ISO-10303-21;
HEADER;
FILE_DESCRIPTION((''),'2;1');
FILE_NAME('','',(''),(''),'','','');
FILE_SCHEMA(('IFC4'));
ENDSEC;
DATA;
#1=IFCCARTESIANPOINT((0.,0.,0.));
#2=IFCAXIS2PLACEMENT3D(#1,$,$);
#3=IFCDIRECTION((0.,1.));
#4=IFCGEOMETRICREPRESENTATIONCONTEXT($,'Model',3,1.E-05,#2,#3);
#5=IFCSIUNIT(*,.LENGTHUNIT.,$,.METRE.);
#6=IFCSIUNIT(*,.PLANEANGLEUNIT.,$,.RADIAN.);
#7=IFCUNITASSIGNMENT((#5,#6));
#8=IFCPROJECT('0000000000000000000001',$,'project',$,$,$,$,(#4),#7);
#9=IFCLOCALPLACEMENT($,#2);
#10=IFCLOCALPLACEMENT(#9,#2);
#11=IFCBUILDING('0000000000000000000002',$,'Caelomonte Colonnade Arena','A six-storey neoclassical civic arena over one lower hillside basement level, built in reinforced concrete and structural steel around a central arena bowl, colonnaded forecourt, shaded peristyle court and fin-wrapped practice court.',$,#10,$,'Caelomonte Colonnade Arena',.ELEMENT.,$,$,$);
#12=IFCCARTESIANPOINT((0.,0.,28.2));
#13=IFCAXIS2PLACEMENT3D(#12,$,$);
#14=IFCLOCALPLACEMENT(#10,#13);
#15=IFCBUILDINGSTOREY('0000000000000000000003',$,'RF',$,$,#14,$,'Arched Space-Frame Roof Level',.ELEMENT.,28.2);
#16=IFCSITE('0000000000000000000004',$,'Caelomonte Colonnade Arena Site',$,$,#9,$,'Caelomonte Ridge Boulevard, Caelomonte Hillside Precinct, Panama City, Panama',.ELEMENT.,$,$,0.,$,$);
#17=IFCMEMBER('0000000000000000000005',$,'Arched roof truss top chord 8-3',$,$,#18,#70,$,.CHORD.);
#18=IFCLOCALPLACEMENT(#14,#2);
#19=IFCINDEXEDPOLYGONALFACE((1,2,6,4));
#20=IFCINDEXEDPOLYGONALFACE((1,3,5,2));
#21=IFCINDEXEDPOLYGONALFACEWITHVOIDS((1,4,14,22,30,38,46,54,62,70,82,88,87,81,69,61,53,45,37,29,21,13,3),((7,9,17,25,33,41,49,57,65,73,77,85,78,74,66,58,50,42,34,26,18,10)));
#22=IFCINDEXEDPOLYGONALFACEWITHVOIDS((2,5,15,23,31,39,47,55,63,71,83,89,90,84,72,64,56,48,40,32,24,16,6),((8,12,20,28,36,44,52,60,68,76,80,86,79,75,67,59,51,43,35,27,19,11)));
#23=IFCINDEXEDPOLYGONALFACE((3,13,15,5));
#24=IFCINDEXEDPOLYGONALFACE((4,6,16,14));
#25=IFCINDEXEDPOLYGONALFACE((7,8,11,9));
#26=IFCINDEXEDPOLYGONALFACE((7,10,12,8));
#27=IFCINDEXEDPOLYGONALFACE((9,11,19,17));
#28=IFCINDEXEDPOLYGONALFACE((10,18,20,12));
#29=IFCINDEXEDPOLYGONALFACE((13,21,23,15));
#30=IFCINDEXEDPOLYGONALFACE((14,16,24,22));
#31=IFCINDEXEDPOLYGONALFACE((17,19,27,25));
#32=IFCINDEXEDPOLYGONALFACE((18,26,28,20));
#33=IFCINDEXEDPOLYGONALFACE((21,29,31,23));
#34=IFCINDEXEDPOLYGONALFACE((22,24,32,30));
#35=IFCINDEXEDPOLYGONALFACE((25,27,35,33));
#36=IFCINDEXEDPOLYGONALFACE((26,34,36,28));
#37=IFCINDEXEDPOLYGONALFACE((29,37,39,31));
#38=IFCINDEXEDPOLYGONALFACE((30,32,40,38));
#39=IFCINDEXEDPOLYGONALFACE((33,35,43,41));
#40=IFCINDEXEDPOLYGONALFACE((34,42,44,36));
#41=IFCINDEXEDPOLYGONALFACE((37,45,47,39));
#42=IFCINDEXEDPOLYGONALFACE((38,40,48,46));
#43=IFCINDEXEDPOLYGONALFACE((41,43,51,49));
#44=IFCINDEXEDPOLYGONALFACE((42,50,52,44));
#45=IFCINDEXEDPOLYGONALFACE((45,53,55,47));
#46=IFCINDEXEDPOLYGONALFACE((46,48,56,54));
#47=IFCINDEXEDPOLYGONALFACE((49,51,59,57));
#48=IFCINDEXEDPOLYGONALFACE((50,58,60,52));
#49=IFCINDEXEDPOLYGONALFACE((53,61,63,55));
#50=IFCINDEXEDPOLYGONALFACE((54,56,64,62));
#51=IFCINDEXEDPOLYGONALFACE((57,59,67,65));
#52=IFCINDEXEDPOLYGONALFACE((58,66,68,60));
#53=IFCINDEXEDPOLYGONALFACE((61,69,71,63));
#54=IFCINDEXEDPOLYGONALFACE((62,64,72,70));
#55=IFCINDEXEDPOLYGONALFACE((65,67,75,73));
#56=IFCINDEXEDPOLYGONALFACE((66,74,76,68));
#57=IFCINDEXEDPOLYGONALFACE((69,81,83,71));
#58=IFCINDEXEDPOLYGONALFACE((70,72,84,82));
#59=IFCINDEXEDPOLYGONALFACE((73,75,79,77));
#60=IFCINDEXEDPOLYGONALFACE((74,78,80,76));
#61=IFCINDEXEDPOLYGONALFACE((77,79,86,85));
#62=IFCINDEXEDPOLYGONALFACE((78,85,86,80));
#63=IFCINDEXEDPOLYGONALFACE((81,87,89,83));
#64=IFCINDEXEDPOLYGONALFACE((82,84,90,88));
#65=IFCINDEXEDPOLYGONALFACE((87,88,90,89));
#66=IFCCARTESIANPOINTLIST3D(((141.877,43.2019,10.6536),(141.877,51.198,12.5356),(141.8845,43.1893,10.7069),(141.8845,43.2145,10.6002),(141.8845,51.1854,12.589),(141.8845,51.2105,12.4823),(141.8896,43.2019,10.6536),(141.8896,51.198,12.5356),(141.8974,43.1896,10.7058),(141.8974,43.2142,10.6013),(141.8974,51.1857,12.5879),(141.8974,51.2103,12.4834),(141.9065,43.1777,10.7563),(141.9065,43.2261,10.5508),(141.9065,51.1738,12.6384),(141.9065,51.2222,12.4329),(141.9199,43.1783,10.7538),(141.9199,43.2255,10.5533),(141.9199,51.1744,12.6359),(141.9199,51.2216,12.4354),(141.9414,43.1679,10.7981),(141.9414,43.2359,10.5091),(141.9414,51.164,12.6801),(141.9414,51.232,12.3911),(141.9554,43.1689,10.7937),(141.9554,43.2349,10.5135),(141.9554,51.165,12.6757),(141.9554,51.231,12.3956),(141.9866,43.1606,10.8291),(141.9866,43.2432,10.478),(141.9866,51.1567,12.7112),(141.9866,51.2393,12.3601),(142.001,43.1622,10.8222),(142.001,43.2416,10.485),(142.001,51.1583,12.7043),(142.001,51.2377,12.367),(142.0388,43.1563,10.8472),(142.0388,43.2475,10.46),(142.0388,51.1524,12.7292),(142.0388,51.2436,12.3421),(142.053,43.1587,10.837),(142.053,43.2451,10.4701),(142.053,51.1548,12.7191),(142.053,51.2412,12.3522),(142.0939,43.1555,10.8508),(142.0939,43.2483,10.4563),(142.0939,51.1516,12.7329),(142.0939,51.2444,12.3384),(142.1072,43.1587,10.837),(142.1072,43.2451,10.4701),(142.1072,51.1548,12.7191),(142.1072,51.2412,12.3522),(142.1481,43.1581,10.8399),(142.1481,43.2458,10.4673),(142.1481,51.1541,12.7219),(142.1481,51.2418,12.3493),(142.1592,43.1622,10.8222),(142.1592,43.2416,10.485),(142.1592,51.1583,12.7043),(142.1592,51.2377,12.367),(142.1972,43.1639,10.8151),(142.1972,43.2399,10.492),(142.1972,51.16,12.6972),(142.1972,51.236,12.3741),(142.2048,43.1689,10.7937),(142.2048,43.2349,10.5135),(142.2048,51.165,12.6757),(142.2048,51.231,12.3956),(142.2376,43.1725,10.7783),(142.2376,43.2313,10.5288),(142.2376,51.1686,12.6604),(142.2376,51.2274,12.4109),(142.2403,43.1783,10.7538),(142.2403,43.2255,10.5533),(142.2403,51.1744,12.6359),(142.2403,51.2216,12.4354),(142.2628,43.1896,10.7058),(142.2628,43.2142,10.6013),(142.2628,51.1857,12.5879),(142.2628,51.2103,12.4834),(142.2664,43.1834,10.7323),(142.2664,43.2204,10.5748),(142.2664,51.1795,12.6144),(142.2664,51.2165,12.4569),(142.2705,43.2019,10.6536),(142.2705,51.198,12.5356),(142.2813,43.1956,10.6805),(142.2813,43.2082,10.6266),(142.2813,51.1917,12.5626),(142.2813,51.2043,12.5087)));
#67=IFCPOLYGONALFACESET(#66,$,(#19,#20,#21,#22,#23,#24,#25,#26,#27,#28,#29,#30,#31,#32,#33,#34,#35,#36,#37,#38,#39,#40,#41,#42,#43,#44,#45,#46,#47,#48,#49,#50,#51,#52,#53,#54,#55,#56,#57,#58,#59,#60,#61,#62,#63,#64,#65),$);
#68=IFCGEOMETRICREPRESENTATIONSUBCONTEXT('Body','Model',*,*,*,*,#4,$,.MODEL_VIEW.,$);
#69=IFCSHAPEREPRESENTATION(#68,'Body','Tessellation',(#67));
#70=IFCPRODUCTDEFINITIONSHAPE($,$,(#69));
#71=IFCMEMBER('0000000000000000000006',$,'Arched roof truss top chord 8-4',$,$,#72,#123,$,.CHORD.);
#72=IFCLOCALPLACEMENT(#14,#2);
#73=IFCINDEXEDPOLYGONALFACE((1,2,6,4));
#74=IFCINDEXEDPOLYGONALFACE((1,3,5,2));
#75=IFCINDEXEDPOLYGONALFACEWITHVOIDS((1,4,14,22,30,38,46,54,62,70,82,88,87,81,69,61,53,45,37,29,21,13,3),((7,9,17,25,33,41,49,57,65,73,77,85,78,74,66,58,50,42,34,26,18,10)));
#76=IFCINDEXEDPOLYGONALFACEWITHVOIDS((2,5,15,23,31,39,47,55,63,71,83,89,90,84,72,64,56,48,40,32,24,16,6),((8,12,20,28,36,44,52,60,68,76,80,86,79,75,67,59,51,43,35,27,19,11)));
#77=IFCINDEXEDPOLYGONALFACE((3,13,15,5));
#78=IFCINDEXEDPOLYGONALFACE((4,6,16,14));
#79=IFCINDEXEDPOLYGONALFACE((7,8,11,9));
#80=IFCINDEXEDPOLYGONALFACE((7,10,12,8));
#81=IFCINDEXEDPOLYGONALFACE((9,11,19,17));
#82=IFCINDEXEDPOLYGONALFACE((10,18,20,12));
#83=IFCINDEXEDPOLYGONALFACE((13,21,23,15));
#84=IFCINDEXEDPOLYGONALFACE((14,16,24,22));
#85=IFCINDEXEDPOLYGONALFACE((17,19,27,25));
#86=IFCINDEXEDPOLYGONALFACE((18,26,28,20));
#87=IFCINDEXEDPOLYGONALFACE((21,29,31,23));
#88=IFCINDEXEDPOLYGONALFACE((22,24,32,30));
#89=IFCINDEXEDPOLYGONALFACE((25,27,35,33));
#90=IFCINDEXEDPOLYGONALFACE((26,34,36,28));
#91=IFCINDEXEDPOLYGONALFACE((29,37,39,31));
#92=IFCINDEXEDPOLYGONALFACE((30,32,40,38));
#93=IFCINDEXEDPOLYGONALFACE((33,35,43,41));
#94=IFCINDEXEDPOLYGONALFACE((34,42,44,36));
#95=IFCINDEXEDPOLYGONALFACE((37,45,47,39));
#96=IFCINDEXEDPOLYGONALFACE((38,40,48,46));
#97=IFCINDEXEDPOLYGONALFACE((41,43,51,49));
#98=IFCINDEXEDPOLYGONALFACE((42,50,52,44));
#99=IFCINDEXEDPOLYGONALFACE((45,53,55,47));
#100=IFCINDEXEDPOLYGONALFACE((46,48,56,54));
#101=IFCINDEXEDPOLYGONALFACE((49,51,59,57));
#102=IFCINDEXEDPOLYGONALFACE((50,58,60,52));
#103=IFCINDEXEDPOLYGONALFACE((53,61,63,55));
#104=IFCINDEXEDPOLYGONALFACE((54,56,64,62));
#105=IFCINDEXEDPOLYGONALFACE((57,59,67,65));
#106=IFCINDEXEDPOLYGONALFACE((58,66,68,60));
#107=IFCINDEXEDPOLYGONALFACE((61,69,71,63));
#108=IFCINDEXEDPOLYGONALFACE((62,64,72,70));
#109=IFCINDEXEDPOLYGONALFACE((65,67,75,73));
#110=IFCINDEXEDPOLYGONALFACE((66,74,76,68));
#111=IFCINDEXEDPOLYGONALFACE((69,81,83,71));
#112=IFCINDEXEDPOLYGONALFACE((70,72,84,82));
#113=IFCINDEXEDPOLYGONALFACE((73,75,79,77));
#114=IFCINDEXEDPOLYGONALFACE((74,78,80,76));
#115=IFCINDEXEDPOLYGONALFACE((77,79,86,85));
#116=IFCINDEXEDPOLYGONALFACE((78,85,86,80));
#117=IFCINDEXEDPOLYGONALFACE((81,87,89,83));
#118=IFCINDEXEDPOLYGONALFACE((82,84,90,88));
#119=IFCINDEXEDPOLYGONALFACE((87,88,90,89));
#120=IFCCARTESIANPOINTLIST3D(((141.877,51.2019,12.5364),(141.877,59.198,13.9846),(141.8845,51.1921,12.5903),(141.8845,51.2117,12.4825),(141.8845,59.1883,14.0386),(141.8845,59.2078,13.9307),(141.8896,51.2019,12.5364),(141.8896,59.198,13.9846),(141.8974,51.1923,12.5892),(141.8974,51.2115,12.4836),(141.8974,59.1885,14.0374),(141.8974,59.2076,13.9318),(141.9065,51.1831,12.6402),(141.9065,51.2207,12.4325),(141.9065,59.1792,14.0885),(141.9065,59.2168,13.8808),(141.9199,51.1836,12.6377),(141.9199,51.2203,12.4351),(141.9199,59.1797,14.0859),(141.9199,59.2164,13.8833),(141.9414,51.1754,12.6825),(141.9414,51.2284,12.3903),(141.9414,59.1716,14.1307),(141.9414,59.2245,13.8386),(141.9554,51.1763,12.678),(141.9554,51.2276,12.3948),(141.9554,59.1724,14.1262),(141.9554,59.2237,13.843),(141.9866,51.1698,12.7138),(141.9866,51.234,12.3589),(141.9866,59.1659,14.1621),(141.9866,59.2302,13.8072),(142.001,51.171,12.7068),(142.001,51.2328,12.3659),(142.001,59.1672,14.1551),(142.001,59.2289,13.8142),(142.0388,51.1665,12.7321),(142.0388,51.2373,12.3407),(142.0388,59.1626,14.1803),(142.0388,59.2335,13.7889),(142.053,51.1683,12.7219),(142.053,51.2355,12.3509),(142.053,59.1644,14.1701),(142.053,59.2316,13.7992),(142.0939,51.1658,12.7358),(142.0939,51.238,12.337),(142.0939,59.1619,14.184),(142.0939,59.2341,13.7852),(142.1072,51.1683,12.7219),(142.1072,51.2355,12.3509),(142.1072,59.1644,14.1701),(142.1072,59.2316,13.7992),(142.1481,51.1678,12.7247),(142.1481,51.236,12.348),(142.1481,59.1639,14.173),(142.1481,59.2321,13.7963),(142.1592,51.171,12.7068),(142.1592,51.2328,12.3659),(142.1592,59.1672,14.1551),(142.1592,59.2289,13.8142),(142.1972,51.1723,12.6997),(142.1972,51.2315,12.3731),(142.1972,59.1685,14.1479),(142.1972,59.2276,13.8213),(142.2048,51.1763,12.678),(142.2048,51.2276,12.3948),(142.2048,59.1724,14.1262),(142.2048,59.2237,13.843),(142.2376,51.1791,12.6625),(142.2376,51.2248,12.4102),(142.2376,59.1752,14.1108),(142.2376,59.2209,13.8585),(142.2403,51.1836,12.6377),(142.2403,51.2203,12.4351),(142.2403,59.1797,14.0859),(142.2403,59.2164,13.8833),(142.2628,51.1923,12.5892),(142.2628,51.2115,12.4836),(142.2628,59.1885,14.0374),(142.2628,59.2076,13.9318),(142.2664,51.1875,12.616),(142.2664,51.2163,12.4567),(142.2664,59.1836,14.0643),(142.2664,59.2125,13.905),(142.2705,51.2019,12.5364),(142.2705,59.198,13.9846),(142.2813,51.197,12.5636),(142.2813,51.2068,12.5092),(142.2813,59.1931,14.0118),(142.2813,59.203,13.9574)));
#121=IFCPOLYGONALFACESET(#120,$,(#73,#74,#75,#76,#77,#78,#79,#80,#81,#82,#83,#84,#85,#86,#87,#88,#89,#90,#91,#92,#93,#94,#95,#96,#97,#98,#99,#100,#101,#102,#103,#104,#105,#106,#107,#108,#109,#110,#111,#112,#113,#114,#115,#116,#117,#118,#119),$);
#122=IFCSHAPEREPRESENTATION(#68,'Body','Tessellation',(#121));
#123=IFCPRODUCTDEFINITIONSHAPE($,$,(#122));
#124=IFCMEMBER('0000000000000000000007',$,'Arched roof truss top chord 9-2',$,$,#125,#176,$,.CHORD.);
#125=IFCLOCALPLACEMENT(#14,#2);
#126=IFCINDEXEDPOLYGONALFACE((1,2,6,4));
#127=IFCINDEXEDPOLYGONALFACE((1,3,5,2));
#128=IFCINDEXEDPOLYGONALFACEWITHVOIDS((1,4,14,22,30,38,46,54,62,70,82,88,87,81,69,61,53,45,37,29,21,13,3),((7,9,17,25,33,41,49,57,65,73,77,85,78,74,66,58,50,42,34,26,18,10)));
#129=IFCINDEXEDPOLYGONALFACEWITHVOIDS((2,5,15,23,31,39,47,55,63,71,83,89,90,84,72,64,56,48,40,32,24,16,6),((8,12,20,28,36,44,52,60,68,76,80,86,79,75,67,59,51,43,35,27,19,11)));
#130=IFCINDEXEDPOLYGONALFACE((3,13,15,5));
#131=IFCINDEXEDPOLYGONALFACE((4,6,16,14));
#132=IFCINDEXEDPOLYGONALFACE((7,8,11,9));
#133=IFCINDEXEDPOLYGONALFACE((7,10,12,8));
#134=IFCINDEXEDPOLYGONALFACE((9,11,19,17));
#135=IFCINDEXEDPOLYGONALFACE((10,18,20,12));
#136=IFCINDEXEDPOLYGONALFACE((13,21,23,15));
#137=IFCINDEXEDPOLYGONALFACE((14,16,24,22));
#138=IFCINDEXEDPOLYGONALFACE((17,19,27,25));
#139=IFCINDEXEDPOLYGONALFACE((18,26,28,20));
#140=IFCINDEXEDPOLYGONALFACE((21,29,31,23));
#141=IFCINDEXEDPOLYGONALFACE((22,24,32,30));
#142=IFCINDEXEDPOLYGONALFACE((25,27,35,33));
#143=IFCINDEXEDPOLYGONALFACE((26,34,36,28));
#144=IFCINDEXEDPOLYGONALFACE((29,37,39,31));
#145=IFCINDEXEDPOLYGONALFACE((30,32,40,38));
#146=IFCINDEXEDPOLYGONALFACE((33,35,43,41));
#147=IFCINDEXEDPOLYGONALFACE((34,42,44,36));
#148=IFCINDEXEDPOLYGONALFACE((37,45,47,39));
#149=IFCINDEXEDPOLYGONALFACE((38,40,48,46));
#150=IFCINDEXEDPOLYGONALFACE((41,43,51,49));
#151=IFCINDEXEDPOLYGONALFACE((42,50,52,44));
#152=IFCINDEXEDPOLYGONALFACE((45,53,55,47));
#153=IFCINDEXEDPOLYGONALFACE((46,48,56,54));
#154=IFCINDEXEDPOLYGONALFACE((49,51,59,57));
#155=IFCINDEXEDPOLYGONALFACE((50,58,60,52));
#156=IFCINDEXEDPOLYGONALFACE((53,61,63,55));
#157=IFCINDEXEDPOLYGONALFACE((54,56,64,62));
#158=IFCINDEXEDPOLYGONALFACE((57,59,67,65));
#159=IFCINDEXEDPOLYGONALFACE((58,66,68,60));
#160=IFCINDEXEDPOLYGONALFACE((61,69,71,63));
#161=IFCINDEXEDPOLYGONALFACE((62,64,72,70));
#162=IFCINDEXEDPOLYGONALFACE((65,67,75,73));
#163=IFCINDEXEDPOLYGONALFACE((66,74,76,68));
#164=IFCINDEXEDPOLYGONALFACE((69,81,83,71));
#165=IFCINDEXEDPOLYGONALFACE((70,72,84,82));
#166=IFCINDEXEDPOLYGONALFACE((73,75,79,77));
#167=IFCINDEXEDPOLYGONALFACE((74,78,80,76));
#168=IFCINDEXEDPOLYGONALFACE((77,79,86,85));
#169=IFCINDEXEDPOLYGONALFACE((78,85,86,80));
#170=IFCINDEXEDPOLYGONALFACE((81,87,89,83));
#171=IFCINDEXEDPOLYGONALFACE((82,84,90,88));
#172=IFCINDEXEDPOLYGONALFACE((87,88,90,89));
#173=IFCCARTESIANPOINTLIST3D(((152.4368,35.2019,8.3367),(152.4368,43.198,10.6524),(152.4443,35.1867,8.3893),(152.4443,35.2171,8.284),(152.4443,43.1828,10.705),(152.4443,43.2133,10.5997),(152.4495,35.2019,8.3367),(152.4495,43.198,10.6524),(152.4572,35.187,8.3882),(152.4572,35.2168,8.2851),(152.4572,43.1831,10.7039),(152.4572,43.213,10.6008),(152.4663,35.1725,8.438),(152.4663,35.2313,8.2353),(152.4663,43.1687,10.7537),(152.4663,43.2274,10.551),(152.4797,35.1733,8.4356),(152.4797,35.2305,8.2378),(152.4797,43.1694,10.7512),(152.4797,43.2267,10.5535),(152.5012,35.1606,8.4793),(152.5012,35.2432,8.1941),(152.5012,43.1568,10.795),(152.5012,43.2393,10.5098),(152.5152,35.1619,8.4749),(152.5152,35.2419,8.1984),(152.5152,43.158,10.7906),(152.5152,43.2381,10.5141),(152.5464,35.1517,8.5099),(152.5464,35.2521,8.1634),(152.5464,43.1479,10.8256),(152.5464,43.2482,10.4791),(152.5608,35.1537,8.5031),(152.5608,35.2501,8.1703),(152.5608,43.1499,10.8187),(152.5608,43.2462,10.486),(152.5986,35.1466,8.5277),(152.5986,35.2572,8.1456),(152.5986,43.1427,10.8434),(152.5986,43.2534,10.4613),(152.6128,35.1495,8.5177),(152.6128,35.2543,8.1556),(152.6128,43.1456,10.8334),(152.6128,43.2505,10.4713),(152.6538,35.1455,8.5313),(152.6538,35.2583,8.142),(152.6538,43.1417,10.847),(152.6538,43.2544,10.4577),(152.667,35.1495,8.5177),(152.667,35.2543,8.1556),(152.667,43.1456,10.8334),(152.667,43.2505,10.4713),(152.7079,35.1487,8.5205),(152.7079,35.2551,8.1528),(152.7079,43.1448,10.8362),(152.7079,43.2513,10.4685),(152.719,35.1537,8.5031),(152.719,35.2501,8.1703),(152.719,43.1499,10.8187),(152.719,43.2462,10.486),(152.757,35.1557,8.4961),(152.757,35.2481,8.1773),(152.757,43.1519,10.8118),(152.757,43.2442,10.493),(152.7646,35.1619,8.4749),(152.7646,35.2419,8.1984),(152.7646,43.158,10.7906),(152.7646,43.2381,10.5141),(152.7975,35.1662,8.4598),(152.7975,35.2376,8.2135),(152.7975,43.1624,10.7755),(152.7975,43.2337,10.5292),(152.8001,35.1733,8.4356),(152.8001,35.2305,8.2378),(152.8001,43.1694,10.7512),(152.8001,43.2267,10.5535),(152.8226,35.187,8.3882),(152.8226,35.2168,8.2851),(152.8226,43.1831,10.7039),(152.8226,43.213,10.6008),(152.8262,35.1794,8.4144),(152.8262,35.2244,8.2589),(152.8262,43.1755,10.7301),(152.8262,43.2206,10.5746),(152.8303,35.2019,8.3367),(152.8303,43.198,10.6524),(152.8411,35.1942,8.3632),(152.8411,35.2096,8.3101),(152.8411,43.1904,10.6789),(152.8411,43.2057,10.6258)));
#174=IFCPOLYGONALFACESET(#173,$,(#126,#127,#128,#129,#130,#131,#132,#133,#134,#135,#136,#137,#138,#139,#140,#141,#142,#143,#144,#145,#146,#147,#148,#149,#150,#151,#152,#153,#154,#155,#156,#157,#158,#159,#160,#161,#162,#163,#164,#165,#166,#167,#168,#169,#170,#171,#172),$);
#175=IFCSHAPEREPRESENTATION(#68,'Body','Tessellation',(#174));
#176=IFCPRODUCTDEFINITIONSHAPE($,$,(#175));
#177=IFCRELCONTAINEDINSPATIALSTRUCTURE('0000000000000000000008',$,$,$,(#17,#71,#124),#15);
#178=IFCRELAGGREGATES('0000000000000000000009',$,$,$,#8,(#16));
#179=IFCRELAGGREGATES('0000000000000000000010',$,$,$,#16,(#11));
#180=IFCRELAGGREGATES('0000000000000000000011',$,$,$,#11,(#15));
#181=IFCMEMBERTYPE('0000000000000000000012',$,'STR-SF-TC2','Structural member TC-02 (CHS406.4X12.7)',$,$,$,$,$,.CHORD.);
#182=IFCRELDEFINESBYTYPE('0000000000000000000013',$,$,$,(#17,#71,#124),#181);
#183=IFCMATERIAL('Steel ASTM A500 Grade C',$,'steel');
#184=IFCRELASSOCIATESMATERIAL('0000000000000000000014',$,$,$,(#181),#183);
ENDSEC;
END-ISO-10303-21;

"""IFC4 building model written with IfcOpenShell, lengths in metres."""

from ifc_helpers import new_model, si_unit, direction, frame, origin, origin_2d, place, context, subcontext, project, spatial, hollow_circle, extrude, material, material_profile, profile_set, type_object, element, save


model = new_model("IFC4")

# Units and contexts
model_context = context("Model", 3, precision=1e-05, world=origin(), true_north=direction((0.0, 1.0)))
body_context = subcontext(model_context, "Body", "Model", "MODEL_VIEW")
ifc_project = project(units=[si_unit("LENGTHUNIT", "METRE"), si_unit("PLANEANGLEUNIT", "RADIAN")], contexts=[model_context])

# Site, building, storey
site_placement = place(None, origin())
site = spatial("IfcSite", under=ifc_project, at=site_placement, Name="Caelomonte Colonnade Arena Site", LongName="Caelomonte Ridge Boulevard, Caelomonte Hillside Precinct, Panama City, Panama", CompositionType="ELEMENT", RefElevation=0.0)
building_placement = place(site_placement, origin())
building = spatial("IfcBuilding", under=site, at=building_placement, Name="Caelomonte Colonnade Arena", Description="A six-storey neoclassical civic arena over one lower hillside basement level, built in reinforced concrete and structural steel around a central arena bowl, colonnaded forecourt, shaded peristyle court and fin-wrapped practice court.", LongName="Caelomonte Colonnade Arena", CompositionType="ELEMENT")
storey_placement = place(building_placement, frame((0.0, 0.0, 28.2)))
storey = spatial("IfcBuildingStorey", under=building, at=storey_placement, Name="RF", LongName="Arched Space-Frame Roof Level", CompositionType="ELEMENT", Elevation=28.2)

# Members
ifc_material_1 = material(Name="Steel ASTM A500 Grade C", Category="steel")
ifc_material_profile_1 = material_profile(ifc_material_1, hollow_circle(Radius=0.2031, WallThickness=0.0127, at=origin_2d()), Name="CHS406.4X12.7")
ifc_profile_set_1 = profile_set([ifc_material_profile_1], Name="Steel ASTM A500 Grade C")
member_type_1 = type_object("IfcMemberType", Name="STR-SF-TC2", Description="Structural member TC-02 (CHS406.4X12.7)", PredefinedType="CHORD", material=ifc_profile_set_1)
member_1_placement = place(storey_placement, frame((142.0801, 43.2019, 10.6536), z_axis=(0.0, 0.9734, 0.229114), x_axis=(-1.0, 0.0, 0.0)))
element("IfcMember", 1, at=member_1_placement, inside=storey, type_object=member_type_1, Name="Arched roof truss top chord 8-3", PredefinedType="CHORD", context=body_context, shape_type="SweptSolid", body=[
    extrude(hollow_circle(Radius=0.2031, WallThickness=0.0127, at=origin_2d()), origin(), (0.0, 0.0, 1.0), 8.2146),
])
member_2_placement = place(storey_placement, frame((142.0801, 51.2019, 12.5364), z_axis=(0.0, 0.983991, 0.178219), x_axis=(-1.0, 0.0, 0.0)))
element("IfcMember", 2, at=member_2_placement, inside=storey, type_object=member_type_1, Name="Arched roof truss top chord 8-4", PredefinedType="CHORD", context=body_context, shape_type="SweptSolid", body=[
    extrude(hollow_circle(Radius=0.2031, WallThickness=0.0127, at=origin_2d()), origin(), (0.0, 0.0, 1.0), 8.1262),
])
member_3_placement = place(storey_placement, frame((152.6399, 35.2019, 8.3367), z_axis=(0.0, 0.960532, 0.278171), x_axis=(-1.0, 0.0, 0.0)))
element("IfcMember", 3, at=member_3_placement, inside=storey, type_object=member_type_1, Name="Arched roof truss top chord 9-2", PredefinedType="CHORD", context=body_context, shape_type="SweptSolid", body=[
    extrude(hollow_circle(Radius=0.2031, WallThickness=0.0127, at=origin_2d()), origin(), (0.0, 0.0, 1.0), 8.3247),
])

save(model, "model.ifc")
